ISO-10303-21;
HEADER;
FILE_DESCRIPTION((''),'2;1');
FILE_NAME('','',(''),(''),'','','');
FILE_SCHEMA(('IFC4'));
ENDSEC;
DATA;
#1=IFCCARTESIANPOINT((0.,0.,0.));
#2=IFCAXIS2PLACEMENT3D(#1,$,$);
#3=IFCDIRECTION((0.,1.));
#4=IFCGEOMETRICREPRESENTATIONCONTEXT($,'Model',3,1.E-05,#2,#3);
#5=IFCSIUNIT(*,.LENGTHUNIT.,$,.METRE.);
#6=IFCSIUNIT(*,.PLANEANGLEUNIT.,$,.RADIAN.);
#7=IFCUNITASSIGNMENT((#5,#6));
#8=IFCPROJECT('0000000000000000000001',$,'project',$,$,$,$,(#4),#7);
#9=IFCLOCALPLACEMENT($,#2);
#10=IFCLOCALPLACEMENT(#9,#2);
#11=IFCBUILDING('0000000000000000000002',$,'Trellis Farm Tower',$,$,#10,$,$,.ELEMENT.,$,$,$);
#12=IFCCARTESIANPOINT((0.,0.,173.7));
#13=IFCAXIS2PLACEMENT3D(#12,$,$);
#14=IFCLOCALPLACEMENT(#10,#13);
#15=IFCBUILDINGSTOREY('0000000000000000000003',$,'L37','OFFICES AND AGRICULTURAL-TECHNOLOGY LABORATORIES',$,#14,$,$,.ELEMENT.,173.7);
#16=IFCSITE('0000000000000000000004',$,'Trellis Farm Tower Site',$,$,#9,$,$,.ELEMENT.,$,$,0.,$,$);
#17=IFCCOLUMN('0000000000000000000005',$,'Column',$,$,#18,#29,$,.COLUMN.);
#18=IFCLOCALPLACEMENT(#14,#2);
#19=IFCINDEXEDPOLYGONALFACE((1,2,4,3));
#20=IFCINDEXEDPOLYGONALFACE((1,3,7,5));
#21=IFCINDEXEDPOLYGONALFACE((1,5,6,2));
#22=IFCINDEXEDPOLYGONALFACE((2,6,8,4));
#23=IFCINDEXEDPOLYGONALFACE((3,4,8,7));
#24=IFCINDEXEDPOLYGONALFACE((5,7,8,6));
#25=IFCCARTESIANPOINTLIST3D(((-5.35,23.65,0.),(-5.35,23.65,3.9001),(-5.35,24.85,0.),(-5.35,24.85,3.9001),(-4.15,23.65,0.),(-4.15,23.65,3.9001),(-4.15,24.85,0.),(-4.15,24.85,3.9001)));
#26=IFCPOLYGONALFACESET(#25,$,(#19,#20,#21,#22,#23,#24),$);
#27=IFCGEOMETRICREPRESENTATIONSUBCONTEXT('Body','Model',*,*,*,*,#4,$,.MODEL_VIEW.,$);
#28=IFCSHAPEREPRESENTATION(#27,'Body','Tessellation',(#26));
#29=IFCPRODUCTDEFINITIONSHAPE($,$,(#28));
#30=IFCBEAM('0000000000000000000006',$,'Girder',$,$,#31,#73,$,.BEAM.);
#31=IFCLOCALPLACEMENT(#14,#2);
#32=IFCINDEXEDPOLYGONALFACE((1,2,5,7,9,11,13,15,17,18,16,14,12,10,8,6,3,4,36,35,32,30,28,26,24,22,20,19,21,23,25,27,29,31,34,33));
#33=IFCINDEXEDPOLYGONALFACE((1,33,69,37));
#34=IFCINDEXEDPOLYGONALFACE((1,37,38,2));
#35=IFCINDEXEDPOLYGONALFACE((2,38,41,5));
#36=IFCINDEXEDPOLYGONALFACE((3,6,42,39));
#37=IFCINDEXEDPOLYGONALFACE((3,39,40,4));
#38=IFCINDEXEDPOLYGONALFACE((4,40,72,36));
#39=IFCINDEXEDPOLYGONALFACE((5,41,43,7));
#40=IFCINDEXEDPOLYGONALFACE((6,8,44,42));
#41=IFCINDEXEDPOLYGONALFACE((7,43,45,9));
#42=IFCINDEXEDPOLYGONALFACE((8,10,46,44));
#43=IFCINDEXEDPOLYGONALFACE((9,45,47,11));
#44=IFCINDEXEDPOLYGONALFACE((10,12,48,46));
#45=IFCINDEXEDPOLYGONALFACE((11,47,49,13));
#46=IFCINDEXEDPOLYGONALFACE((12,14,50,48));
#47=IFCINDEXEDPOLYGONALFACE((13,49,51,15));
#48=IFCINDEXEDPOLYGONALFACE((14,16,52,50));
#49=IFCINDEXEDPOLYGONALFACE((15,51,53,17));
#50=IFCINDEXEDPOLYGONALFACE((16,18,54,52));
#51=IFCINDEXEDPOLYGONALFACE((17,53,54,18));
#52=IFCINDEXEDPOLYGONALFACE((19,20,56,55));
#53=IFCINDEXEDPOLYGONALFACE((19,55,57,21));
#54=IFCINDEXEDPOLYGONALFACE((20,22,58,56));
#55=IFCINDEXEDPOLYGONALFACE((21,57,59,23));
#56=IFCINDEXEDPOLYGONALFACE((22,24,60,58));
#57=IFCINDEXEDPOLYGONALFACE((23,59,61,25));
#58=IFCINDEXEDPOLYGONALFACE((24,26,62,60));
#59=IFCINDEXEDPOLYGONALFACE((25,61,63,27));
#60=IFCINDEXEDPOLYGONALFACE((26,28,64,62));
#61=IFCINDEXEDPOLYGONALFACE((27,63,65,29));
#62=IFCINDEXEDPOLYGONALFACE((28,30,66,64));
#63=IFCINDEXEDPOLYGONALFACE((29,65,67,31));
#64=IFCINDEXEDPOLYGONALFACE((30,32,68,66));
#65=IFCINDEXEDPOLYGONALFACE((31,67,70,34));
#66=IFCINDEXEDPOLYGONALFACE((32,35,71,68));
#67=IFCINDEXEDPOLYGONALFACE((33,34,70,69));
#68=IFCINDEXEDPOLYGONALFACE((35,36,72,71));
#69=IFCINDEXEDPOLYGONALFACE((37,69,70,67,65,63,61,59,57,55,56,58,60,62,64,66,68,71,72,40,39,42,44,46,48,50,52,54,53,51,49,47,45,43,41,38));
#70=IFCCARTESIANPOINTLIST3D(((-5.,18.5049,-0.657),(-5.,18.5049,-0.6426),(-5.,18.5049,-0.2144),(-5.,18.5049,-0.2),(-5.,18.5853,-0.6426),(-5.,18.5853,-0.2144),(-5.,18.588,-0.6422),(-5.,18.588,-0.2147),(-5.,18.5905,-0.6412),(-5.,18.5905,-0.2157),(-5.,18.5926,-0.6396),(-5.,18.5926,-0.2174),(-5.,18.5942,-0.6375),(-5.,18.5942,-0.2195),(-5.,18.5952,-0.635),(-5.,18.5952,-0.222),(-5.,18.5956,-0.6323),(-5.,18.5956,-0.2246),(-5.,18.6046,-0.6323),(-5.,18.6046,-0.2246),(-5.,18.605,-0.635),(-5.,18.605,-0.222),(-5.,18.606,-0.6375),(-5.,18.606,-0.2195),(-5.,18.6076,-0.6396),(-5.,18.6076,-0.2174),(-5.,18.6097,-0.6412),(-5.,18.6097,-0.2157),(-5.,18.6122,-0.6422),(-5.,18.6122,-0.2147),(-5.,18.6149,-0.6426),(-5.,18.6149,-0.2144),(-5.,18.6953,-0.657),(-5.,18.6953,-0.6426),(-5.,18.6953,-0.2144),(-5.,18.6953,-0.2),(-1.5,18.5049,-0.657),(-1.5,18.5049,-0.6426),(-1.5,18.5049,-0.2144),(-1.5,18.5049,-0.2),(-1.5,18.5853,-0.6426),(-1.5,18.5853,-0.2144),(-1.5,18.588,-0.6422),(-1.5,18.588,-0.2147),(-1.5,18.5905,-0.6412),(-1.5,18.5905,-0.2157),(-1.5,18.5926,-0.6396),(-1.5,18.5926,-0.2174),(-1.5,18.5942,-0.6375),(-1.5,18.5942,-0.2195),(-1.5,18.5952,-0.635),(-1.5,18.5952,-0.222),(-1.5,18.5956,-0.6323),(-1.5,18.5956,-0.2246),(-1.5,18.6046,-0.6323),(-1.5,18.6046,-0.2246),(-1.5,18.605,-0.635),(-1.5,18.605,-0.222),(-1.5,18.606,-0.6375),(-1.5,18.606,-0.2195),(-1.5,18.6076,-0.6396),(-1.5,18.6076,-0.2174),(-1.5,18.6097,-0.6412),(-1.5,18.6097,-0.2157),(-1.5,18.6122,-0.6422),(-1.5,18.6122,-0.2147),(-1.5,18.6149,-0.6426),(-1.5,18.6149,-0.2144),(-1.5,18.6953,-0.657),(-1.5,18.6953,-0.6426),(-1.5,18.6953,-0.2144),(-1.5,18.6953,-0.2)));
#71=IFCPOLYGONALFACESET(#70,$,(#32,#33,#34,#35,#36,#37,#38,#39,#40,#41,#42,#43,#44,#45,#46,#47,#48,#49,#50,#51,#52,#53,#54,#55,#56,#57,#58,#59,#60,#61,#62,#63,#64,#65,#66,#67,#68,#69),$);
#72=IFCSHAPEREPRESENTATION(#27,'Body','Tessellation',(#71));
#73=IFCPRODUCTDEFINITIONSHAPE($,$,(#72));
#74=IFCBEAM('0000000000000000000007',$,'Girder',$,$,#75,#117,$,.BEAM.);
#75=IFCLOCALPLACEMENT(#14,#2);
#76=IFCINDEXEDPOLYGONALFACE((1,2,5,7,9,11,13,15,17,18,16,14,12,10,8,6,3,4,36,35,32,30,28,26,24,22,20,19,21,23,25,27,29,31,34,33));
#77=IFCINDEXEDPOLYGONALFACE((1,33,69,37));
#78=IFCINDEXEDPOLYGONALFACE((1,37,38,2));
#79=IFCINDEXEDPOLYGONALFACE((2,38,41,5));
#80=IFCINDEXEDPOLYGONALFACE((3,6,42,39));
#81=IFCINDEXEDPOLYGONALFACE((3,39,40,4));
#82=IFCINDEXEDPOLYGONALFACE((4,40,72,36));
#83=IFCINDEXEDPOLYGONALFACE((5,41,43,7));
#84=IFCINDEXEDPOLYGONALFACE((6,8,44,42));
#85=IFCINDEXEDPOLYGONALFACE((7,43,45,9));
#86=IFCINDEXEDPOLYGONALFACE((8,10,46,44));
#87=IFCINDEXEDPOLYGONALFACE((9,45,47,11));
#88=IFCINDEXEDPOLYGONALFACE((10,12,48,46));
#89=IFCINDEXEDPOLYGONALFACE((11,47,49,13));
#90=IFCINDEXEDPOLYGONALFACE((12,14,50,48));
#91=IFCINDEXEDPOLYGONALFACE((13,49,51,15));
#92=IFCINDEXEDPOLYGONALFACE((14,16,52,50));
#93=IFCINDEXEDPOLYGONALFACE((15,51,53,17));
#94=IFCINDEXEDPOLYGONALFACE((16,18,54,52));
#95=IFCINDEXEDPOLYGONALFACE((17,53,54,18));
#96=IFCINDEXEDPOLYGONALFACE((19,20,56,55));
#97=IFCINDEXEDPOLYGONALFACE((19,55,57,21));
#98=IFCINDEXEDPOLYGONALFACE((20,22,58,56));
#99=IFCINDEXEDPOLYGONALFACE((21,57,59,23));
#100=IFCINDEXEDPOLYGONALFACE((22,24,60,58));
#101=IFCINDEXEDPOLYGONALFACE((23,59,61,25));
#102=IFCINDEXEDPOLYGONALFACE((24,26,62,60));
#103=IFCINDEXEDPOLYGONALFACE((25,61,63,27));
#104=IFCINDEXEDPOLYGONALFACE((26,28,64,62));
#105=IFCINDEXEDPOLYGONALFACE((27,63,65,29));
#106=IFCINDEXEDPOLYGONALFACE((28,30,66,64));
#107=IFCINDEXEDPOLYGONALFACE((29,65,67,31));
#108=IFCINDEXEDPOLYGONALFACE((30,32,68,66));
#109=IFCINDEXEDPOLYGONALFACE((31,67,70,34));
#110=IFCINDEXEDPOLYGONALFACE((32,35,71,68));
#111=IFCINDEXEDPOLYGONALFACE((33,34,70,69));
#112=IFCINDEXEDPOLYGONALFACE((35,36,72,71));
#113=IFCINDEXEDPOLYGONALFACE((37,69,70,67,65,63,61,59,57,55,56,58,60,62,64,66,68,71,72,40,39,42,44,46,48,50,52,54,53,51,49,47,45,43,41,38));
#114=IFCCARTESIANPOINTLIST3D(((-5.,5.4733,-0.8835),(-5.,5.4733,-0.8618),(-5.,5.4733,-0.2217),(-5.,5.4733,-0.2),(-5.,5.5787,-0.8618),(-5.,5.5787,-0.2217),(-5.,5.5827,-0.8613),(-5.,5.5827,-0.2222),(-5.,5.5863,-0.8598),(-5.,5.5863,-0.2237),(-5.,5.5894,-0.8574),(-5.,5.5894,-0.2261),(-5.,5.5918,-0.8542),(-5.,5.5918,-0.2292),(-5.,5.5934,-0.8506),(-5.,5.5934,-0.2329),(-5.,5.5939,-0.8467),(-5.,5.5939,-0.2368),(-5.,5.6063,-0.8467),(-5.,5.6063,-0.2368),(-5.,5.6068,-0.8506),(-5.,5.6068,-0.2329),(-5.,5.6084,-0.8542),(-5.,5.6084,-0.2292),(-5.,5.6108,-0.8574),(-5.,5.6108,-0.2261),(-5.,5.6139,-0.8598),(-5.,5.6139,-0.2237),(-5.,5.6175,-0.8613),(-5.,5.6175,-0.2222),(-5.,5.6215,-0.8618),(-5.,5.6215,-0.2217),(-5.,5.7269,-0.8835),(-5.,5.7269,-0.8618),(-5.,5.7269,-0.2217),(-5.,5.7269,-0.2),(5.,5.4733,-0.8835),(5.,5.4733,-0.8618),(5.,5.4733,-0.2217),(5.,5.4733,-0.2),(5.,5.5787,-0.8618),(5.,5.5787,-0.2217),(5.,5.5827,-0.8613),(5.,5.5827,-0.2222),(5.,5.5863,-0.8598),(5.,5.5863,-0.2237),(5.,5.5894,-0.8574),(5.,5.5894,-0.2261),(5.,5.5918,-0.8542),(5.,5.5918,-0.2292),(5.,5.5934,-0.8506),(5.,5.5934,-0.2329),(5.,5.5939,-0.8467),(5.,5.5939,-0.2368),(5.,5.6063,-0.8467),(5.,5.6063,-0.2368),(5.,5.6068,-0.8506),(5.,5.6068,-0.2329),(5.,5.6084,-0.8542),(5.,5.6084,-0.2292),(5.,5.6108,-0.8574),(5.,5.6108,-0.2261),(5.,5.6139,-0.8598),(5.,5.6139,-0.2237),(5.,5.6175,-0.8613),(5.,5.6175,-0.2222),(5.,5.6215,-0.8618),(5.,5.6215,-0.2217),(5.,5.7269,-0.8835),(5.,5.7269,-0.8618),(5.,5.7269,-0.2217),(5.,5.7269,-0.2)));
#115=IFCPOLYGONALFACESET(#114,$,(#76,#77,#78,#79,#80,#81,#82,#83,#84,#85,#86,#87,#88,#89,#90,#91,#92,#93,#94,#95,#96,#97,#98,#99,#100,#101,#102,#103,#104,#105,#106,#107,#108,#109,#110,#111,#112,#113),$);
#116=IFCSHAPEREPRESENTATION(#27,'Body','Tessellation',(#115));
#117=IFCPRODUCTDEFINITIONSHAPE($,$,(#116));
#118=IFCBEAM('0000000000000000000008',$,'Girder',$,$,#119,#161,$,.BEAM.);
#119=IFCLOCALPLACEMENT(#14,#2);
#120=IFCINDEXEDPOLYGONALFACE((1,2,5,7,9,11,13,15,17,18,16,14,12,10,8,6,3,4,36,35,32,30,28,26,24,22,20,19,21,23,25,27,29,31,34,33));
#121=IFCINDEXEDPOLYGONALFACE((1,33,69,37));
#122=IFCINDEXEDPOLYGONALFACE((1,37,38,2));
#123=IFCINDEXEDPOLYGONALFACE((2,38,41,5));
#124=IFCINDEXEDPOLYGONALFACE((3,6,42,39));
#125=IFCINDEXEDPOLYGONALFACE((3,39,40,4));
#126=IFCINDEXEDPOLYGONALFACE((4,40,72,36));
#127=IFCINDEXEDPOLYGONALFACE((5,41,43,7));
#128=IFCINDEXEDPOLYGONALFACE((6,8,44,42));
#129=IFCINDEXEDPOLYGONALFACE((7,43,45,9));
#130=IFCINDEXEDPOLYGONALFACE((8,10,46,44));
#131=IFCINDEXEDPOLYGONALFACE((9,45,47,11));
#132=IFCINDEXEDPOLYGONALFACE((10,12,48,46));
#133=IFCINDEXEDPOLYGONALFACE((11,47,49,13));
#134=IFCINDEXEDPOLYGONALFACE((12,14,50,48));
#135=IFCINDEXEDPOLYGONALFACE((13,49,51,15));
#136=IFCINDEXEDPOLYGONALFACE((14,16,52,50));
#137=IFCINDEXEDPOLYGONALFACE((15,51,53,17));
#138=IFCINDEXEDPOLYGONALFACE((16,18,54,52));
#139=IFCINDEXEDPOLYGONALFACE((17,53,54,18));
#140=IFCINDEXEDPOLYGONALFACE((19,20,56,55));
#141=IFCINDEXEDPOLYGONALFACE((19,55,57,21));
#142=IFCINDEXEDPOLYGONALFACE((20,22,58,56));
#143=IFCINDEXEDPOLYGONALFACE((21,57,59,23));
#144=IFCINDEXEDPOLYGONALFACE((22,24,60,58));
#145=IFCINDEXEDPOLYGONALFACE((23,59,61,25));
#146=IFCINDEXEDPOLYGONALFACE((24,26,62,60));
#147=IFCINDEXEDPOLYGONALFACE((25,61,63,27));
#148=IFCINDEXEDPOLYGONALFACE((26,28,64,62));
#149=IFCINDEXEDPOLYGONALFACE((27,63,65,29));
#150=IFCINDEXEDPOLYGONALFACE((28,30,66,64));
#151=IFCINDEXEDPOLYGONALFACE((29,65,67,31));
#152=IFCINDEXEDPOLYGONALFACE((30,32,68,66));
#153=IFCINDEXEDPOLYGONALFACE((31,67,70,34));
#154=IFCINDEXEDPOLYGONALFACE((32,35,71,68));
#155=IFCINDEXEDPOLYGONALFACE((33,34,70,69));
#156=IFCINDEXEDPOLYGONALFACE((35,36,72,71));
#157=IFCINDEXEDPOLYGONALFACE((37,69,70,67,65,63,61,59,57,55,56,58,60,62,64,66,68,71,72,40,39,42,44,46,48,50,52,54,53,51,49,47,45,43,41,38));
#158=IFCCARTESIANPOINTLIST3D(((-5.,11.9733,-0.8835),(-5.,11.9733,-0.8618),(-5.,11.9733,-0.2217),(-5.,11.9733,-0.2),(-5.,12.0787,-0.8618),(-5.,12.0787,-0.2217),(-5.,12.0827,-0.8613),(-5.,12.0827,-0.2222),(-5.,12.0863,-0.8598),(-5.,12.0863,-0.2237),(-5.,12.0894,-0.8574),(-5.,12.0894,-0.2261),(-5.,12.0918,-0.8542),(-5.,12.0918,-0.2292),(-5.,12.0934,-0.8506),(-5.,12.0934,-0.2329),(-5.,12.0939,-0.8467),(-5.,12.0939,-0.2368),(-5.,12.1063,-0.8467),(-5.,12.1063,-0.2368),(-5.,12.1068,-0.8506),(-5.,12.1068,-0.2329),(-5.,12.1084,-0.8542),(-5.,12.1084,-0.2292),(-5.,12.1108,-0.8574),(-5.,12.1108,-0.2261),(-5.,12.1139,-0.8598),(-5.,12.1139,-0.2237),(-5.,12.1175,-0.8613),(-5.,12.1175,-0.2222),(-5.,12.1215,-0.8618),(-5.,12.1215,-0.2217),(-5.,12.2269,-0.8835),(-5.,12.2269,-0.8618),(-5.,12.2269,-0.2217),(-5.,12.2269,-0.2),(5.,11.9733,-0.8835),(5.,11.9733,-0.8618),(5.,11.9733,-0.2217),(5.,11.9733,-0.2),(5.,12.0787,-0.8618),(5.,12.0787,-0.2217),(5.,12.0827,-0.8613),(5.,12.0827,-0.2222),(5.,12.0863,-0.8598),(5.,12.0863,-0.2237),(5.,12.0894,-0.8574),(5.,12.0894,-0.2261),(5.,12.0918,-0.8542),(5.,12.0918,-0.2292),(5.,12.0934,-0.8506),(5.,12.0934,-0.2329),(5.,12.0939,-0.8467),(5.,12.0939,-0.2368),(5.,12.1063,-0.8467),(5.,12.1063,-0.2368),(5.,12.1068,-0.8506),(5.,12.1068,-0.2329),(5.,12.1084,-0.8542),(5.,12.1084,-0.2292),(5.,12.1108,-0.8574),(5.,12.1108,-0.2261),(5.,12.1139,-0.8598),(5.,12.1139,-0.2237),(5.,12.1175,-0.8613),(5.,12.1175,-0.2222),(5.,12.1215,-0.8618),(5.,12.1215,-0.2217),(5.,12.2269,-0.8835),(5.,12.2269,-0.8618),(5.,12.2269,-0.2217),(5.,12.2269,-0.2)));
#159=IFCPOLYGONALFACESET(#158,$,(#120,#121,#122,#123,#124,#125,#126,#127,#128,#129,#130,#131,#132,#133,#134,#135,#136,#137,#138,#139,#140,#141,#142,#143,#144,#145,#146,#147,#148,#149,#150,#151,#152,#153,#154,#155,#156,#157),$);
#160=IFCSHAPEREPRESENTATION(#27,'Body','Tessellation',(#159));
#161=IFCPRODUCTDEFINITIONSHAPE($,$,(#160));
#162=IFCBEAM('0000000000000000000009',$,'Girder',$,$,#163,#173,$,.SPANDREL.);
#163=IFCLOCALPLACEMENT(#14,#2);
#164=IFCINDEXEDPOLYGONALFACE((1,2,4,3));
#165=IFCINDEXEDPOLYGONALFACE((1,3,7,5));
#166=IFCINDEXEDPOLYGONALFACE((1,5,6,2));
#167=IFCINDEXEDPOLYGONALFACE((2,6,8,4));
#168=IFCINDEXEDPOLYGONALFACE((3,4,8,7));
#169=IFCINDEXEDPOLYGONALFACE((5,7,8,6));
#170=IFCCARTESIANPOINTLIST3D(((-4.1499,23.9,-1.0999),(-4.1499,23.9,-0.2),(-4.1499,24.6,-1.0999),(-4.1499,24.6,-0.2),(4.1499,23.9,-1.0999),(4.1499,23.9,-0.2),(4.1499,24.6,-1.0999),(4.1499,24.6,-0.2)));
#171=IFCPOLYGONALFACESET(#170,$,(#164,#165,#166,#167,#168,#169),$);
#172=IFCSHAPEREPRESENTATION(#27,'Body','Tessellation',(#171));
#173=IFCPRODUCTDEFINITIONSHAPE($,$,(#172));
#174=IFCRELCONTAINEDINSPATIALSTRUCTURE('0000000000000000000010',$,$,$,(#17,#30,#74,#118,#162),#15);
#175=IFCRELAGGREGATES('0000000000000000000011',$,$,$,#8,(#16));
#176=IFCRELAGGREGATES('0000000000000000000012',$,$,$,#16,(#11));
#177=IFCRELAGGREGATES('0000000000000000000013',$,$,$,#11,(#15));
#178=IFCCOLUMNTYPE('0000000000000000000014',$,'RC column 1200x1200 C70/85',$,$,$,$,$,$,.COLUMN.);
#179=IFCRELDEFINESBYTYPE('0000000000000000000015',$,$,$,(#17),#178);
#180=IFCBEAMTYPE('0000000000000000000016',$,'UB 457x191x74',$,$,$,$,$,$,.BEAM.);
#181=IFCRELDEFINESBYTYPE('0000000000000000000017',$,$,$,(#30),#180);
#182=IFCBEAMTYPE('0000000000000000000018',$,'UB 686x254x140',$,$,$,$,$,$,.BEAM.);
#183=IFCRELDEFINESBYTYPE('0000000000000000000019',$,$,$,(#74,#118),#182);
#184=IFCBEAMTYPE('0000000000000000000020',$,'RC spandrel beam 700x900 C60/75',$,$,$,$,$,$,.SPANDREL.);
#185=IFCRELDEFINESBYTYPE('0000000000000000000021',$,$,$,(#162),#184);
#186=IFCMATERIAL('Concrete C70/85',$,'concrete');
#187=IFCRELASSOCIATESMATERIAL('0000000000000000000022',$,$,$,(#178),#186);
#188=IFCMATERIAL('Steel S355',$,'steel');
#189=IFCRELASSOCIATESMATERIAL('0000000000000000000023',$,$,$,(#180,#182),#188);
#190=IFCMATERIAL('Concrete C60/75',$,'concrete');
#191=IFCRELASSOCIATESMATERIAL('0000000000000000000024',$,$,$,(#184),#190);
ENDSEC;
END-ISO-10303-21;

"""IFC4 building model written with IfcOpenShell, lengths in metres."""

from ifc_helpers import new_model, si_unit, direction, frame, origin, origin_2d, place, context, subcontext, project, spatial, rectangle, i_section, extrude, source, transform, mapped, material, material_profile, profile_set, type_object, element, save


model = new_model("IFC4")

# Units and contexts
model_context = context("Model", 3, precision=1e-05, world=origin(), true_north=direction((0.0, 1.0)))
body_context = subcontext(model_context, "Body", "Model", "MODEL_VIEW")
ifc_project = project(units=[si_unit("LENGTHUNIT", "METRE"), si_unit("PLANEANGLEUNIT", "RADIAN")], contexts=[model_context])

# Site, building, storey
site_placement = place(None, origin())
site = spatial("IfcSite", under=ifc_project, at=site_placement, Name="Trellis Farm Tower Site", CompositionType="ELEMENT", RefElevation=0.0)
building_placement = place(site_placement, origin())
building = spatial("IfcBuilding", under=site, at=building_placement, Name="Trellis Farm Tower", CompositionType="ELEMENT")
storey_placement = place(building_placement, frame((0.0, 0.0, 173.7)))
storey = spatial("IfcBuildingStorey", under=building, at=storey_placement, Name="L37", Description="OFFICES AND AGRICULTURAL-TECHNOLOGY LABORATORIES", CompositionType="ELEMENT", Elevation=173.7)

# Column
ifc_material_1 = material(Name="Concrete C70/85", Category="concrete")
ifc_material_profile_1 = material_profile(ifc_material_1, rectangle(XDim=1.2, YDim=1.2, at=origin_2d()), Name="RC column 1200x1200 C70/85")
ifc_profile_set_1 = profile_set([ifc_material_profile_1], Name="Concrete C70/85")
column_type = type_object("IfcColumnType", Name="RC column 1200x1200 C70/85", PredefinedType="COLUMN", material=ifc_profile_set_1)
shared_shape_1 = source(origin(), body_context, "Body", "SweptSolid", [
    extrude(rectangle(XDim=1.2, YDim=1.2, at=origin_2d()), origin(), (0.0, 0.0, 1.0), 3.9001),
])
column_placement = place(storey_placement, frame((-4.75, 24.25, 0.0), z_axis=(0.0, 0.0, 1.0), x_axis=(1.0, 0.0, 0.0)))
element("IfcColumn", 1, at=column_placement, inside=storey, type_object=column_type, Name="Column", PredefinedType="COLUMN", context=body_context, shape_type="MappedRepresentation", body=[
    mapped(shared_shape_1, transform((0.0, 0.0, 0.0))),
])

# Beams
ifc_material_2 = material(Name="Steel S355", Category="steel")
ifc_material_profile_2 = material_profile(ifc_material_2, i_section(OverallWidth=0.1904, OverallDepth=0.457, WebThickness=0.009, FlangeThickness=0.0144, FilletRadius=0.0103, at=origin_2d()), Name="UB 457x191x74")
ifc_profile_set_2 = profile_set([ifc_material_profile_2], Name="Steel S355")
beam_type_1 = type_object("IfcBeamType", Name="UB 457x191x74", PredefinedType="BEAM", material=ifc_profile_set_2)
shared_shape_2 = source(origin(), body_context, "Body", "SweptSolid", [
    extrude(i_section(OverallWidth=0.1904, OverallDepth=0.457, WebThickness=0.009, FlangeThickness=0.0144, FilletRadius=0.0103, at=origin_2d()), origin(), (0.0, 0.0, 1.0), 3.5),
])
beam_1_placement = place(storey_placement, frame((-5.0, 18.6001, -0.4285), z_axis=(1.0, 0.0, 0.0), x_axis=(0.0, 1.0, 0.0)))
element("IfcBeam", 2, at=beam_1_placement, inside=storey, type_object=beam_type_1, Name="Girder", PredefinedType="BEAM", context=body_context, shape_type="MappedRepresentation", body=[
    mapped(shared_shape_2, transform((0.0, 0.0, 0.0))),
])
ifc_material_profile_3 = material_profile(ifc_material_2, i_section(OverallWidth=0.2537, OverallDepth=0.6836, WebThickness=0.0125, FlangeThickness=0.0217, FilletRadius=0.0151, at=origin_2d()), Name="UB 686x254x140")
ifc_profile_set_3 = profile_set([ifc_material_profile_3], Name="Steel S355")
beam_type_2 = type_object("IfcBeamType", Name="UB 686x254x140", PredefinedType="BEAM", material=ifc_profile_set_3)
shared_shape_3 = source(origin(), body_context, "Body", "SweptSolid", [
    extrude(i_section(OverallWidth=0.2537, OverallDepth=0.6836, WebThickness=0.0125, FlangeThickness=0.0217, FilletRadius=0.0151, at=origin_2d()), origin(), (0.0, 0.0, 1.0), 10.0),
])
for number, where, z_axis, x_axis, name in (
    (3, (-5.0, 5.6001, -0.5417), (1.0, 0.0, 0.0), (0.0, 1.0, 0.0), "Girder"),
    (4, (-5.0, 12.1001, -0.5417), (1.0, 0.0, 0.0), (0.0, 1.0, 0.0), "Girder"),
):
    element("IfcBeam", number, at=place(storey_placement, frame(where, z_axis=z_axis, x_axis=x_axis)), inside=storey, type_object=beam_type_2, Name=name, PredefinedType="BEAM", context=body_context, shape_type="MappedRepresentation", body=[
        mapped(shared_shape_3, transform((0.0, 0.0, 0.0))),
    ])
ifc_material_3 = material(Name="Concrete C60/75", Category="concrete")
ifc_material_profile_4 = material_profile(ifc_material_3, rectangle(XDim=0.7, YDim=0.8999, at=origin_2d()), Name="RC spandrel beam 700x900 C60/75")
ifc_profile_set_4 = profile_set([ifc_material_profile_4], Name="Concrete C60/75")
beam_type_3 = type_object("IfcBeamType", Name="RC spandrel beam 700x900 C60/75", PredefinedType="SPANDREL", material=ifc_profile_set_4)
shared_shape_4 = source(origin(), body_context, "Body", "SweptSolid", [
    extrude(rectangle(XDim=0.7, YDim=0.8999, at=origin_2d()), origin(), (0.0, 0.0, 1.0), 8.2998),
])
beam_2_placement = place(storey_placement, frame((-4.1499, 24.25, -0.6499), z_axis=(1.0, 0.0, 0.0), x_axis=(0.0, 1.0, 0.0)))
element("IfcBeam", 5, at=beam_2_placement, inside=storey, type_object=beam_type_3, Name="Girder", PredefinedType="SPANDREL", context=body_context, shape_type="MappedRepresentation", body=[
    mapped(shared_shape_4, transform((0.0, 0.0, 0.0))),
])

save(model, "model.ifc")
